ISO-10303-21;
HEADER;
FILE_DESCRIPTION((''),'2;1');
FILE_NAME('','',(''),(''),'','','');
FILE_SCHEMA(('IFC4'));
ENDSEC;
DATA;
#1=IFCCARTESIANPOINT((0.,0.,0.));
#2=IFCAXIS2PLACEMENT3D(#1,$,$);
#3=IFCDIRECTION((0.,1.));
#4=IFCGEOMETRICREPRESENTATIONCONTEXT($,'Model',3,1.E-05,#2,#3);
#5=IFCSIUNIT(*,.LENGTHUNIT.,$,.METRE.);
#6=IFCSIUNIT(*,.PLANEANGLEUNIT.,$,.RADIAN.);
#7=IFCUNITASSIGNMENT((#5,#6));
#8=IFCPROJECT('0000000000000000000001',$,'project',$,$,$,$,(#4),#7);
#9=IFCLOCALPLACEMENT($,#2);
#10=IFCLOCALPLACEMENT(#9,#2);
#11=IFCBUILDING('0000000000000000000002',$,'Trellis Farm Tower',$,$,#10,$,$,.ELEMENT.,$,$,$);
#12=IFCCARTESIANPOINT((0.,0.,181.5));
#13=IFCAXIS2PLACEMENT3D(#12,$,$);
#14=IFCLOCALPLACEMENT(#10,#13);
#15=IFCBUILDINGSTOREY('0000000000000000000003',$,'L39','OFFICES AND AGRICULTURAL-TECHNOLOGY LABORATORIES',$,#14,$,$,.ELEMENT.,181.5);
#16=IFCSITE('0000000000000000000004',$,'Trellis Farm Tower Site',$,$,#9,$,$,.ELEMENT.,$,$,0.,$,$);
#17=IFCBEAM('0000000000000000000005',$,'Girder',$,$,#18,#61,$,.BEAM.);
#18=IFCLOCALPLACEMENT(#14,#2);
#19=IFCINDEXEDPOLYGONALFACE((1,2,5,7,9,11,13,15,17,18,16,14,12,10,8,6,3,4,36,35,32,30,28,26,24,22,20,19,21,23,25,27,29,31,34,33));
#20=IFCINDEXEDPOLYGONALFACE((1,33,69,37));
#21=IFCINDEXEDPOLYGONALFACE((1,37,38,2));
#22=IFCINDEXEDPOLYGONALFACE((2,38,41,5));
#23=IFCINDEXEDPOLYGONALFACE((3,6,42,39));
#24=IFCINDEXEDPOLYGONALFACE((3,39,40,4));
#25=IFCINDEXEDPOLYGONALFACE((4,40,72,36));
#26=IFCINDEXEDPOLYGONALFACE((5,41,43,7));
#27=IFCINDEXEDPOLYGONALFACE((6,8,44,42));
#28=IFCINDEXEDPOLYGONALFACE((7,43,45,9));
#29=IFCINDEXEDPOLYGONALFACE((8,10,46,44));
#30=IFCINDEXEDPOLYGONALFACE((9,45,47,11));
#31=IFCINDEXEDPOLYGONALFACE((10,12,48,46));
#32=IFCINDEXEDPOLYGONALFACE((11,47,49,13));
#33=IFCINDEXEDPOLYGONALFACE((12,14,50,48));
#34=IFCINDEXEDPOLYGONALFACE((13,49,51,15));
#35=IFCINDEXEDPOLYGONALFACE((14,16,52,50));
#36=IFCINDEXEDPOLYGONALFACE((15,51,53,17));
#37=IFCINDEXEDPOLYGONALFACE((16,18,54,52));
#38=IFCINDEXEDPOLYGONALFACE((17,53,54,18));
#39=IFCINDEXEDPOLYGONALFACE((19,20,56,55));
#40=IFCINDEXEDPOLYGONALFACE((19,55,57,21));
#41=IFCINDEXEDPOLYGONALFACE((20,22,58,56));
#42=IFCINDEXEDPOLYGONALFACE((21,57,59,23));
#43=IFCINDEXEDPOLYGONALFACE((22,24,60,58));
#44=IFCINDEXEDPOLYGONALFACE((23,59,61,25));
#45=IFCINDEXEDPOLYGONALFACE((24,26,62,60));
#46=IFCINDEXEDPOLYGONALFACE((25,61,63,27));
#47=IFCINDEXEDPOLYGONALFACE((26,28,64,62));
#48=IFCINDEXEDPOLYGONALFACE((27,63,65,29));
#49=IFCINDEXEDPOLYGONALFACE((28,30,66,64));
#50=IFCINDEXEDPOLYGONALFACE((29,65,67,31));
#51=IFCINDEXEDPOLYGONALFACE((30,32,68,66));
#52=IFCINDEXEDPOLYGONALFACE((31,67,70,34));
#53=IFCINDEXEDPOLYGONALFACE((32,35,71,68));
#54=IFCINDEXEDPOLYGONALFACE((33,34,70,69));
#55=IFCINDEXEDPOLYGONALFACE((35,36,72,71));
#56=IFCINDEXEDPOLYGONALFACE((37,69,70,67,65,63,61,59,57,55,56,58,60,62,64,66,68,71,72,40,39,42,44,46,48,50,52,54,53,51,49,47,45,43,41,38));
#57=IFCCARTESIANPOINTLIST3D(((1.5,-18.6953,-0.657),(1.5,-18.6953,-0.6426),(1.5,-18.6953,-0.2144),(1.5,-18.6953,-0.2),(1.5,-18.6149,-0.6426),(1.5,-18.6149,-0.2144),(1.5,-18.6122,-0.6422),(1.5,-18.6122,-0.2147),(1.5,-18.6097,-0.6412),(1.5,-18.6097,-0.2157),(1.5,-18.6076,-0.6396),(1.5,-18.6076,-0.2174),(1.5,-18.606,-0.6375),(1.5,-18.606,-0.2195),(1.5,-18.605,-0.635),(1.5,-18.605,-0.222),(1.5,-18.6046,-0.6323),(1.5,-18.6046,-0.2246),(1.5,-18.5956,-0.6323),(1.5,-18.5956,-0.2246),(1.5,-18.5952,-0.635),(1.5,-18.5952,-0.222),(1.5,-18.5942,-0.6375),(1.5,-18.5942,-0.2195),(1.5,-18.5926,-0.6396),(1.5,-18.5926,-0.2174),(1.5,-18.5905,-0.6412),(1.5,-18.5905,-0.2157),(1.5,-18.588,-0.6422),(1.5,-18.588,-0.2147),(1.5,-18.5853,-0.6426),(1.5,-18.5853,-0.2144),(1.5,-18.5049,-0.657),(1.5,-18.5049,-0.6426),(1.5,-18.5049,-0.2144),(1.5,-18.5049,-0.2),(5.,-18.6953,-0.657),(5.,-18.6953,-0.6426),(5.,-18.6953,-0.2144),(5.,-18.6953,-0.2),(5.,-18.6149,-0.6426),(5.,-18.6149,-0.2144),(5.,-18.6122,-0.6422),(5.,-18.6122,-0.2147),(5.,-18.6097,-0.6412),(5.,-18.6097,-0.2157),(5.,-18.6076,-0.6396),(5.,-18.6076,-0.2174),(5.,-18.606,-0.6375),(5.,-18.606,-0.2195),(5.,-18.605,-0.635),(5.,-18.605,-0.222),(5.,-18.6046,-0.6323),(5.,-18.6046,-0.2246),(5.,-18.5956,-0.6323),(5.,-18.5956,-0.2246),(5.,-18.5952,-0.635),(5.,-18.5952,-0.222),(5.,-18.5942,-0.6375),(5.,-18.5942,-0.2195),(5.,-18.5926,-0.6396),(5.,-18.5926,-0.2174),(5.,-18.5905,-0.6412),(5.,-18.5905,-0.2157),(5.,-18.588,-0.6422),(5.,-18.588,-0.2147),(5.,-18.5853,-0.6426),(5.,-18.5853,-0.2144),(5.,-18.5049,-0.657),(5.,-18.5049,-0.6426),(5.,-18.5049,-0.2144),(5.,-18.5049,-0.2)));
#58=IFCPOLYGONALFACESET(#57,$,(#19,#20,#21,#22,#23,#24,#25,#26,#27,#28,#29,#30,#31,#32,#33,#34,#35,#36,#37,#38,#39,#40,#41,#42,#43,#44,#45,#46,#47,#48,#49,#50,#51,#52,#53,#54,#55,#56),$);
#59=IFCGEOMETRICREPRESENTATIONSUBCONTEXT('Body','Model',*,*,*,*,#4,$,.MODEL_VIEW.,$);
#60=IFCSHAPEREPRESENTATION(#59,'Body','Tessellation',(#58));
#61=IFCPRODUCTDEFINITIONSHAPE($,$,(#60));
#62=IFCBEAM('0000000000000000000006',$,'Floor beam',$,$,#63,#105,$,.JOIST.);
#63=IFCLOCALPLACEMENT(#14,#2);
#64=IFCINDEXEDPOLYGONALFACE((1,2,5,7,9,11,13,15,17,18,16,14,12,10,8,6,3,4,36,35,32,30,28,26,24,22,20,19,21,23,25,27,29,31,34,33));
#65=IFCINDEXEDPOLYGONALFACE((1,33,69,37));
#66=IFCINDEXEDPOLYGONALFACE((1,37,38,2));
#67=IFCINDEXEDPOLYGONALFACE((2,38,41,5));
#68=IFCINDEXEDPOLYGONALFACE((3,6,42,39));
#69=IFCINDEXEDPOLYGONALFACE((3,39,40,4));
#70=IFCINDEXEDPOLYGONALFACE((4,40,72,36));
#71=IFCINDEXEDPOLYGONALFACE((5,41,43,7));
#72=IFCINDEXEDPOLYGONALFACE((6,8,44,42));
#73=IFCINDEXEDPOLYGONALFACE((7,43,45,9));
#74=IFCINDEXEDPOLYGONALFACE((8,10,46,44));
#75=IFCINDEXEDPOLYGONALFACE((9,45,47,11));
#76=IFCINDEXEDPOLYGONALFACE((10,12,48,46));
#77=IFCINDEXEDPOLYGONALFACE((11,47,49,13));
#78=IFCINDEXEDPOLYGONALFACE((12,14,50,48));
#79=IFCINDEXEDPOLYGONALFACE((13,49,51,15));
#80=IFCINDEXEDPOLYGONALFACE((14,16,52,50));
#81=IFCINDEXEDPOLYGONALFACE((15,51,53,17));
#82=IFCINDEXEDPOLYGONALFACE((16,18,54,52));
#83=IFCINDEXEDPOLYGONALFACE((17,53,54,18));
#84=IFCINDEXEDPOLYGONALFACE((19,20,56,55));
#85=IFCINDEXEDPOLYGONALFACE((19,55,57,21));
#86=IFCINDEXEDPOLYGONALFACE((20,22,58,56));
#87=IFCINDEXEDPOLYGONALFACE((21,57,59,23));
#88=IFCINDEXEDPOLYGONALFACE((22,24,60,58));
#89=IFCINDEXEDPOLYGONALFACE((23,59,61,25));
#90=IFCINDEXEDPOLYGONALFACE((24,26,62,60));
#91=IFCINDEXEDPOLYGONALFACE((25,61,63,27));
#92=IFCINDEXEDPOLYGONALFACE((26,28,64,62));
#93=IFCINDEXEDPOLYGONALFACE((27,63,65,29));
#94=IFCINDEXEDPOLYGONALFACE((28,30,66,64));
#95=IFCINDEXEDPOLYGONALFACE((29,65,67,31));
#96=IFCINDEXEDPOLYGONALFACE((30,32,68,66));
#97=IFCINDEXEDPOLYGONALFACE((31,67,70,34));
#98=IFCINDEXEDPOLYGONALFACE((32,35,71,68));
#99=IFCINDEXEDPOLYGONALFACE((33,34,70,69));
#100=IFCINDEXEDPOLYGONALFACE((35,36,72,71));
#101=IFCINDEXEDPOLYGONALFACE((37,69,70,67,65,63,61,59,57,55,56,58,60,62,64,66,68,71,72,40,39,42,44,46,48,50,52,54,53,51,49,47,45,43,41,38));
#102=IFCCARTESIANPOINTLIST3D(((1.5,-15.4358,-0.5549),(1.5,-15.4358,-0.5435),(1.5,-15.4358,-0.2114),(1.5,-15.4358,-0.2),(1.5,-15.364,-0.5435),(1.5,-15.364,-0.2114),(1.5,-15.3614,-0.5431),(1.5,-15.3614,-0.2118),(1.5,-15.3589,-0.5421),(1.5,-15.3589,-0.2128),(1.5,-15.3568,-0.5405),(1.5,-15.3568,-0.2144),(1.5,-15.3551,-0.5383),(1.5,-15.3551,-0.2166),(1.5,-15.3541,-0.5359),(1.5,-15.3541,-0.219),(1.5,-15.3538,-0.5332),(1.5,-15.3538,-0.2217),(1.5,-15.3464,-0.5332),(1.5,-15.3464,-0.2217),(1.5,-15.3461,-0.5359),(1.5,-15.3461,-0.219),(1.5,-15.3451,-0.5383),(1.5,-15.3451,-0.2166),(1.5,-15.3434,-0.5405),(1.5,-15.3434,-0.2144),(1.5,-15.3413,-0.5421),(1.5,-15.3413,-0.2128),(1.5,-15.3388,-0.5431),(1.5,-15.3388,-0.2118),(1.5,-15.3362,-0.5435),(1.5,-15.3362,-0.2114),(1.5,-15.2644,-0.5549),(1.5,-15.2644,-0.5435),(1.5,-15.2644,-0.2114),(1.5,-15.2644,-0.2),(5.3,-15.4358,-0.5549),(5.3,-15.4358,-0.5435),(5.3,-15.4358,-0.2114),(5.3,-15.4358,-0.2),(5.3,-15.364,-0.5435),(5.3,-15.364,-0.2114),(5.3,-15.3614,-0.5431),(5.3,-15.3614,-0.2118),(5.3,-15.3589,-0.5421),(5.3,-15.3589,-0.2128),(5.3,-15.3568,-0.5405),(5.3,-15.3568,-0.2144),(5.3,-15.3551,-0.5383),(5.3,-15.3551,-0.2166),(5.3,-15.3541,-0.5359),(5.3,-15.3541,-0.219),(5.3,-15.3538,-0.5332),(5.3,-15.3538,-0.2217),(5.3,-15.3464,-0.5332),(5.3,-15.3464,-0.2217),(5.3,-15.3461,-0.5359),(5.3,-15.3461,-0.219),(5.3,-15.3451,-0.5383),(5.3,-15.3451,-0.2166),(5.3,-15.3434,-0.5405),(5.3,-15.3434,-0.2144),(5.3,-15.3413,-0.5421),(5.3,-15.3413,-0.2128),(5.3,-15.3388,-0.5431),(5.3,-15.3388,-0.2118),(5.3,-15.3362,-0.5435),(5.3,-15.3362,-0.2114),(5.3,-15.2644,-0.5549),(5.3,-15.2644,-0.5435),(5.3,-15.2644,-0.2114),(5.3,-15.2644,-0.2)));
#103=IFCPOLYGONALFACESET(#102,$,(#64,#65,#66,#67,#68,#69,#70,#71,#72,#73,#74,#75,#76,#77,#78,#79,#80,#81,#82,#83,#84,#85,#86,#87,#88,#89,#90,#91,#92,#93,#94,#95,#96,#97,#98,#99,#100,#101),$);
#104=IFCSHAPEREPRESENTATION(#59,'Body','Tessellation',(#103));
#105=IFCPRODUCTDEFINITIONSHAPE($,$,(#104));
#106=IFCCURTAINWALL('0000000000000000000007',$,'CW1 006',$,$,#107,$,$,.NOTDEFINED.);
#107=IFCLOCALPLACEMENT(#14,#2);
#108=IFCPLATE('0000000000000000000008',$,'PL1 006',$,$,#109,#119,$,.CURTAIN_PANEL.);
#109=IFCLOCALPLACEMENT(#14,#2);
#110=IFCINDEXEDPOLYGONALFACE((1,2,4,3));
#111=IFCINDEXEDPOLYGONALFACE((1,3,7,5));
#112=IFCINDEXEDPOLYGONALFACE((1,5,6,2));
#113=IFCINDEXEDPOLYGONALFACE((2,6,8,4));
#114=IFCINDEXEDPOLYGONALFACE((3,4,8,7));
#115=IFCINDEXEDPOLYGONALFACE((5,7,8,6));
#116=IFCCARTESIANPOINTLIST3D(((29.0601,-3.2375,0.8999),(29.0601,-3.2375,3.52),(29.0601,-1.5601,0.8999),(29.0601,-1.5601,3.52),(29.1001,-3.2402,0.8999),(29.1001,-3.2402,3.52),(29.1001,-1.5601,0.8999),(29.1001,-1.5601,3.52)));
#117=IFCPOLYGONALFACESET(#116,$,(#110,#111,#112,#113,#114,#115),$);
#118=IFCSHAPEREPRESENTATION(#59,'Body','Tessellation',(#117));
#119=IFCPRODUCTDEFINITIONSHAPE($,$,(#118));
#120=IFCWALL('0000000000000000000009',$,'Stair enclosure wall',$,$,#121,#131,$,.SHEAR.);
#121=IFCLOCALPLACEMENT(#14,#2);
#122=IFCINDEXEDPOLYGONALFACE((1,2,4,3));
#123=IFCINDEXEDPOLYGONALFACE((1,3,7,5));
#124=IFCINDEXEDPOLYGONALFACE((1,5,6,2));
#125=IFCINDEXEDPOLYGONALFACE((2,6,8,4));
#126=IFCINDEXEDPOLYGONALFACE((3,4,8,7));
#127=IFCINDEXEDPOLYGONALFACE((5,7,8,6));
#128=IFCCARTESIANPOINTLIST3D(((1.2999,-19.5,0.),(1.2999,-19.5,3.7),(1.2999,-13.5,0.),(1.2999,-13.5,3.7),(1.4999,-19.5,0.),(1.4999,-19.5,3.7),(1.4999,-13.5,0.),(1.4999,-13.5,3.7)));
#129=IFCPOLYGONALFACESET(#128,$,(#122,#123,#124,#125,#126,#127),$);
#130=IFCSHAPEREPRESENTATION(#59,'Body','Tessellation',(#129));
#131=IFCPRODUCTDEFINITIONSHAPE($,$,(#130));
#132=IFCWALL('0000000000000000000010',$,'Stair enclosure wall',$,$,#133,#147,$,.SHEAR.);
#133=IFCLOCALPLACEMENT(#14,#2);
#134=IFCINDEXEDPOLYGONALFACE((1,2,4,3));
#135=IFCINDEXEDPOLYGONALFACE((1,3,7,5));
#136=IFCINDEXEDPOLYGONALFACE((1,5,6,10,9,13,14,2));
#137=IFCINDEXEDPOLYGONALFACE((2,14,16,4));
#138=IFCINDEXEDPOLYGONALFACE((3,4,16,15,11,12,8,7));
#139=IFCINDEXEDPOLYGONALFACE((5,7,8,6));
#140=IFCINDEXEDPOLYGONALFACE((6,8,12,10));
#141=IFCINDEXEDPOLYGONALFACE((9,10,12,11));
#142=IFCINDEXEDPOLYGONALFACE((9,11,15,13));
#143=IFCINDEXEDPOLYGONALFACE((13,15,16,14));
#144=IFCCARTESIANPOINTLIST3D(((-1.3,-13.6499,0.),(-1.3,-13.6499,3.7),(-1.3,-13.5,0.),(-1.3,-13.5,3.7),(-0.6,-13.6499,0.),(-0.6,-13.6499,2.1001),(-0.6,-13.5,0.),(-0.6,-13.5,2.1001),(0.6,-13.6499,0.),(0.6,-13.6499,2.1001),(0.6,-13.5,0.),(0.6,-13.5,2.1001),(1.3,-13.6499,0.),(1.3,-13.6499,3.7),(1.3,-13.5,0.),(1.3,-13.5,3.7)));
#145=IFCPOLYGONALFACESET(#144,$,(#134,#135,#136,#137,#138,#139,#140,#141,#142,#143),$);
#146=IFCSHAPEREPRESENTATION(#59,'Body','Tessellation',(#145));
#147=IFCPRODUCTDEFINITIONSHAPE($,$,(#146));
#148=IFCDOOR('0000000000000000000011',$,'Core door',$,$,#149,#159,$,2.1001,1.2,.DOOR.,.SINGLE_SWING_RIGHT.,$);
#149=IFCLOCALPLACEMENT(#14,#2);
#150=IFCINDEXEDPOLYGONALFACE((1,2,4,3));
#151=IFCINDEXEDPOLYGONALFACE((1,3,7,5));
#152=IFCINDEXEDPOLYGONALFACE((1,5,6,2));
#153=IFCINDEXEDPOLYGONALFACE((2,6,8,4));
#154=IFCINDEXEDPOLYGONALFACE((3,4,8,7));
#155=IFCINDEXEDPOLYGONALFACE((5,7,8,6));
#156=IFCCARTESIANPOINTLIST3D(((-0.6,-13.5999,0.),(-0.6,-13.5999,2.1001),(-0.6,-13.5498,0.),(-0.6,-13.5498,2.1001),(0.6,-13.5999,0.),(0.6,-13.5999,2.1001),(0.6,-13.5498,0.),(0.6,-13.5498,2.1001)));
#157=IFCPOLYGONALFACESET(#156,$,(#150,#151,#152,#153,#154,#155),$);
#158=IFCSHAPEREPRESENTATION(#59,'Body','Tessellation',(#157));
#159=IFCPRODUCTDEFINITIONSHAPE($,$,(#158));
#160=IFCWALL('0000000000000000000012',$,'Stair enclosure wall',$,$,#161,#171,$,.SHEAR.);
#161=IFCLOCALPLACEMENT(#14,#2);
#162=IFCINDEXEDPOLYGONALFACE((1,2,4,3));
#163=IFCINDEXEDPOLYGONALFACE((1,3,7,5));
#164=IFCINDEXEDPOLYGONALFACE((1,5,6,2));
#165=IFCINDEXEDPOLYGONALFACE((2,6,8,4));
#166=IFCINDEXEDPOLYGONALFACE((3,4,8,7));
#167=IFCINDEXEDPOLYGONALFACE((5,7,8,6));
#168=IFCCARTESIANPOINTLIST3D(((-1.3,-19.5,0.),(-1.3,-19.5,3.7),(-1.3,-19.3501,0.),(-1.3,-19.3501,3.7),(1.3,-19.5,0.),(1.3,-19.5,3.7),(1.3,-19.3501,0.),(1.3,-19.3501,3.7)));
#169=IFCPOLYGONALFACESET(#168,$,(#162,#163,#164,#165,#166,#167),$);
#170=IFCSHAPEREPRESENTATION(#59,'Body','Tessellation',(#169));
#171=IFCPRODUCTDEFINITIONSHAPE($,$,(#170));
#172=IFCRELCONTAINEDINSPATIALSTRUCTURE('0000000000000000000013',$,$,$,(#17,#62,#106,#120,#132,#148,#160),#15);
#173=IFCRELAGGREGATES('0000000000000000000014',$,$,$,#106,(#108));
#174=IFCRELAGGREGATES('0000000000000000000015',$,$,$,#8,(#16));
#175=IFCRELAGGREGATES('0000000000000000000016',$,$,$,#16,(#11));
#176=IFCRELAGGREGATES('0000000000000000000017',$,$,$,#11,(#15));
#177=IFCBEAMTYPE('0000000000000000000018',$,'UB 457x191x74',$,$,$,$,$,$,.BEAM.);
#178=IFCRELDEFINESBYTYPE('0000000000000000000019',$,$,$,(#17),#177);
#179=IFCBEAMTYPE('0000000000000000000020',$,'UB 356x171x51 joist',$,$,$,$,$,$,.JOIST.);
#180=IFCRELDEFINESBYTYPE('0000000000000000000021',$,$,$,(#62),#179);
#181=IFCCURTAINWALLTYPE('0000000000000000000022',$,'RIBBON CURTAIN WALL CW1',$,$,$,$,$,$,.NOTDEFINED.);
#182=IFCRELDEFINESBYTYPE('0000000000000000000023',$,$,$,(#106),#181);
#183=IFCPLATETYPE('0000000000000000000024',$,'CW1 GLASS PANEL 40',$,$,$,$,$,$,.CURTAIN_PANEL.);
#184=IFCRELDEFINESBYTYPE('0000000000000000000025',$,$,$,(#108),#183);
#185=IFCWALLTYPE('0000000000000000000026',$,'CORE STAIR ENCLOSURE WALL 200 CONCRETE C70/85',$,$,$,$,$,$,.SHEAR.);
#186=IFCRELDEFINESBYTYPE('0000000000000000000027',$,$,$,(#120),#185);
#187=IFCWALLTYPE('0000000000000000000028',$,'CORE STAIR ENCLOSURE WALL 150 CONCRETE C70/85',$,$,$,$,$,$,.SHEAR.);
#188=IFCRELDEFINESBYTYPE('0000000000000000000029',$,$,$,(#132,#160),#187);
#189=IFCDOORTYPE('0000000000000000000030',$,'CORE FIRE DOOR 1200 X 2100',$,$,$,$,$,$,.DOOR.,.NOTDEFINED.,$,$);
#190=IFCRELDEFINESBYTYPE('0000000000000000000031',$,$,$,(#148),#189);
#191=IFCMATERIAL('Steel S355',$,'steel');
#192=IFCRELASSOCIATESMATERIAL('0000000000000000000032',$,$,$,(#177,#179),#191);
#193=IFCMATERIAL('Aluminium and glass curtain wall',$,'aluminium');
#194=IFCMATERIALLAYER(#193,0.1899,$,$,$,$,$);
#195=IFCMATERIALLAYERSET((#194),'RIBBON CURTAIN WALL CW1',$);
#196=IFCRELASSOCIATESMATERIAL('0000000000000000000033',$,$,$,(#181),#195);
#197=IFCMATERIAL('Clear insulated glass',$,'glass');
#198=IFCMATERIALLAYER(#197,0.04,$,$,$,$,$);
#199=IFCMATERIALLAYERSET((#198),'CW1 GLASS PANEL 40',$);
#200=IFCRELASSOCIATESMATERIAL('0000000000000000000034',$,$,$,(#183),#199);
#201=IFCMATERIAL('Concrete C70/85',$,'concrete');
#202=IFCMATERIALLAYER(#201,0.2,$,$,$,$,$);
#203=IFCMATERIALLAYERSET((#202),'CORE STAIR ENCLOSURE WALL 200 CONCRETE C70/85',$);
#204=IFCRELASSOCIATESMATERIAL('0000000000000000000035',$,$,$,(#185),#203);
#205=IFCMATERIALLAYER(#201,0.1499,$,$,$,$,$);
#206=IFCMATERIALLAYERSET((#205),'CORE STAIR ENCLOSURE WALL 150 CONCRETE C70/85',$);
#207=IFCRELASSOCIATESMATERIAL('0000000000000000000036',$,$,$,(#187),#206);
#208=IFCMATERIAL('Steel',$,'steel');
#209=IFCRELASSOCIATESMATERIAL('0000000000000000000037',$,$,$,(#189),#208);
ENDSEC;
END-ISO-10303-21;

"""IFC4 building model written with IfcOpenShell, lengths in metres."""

from ifc_helpers import new_model, si_unit, direction, frame, frame_2d, origin, origin_2d, place, context, subcontext, project, spatial, polyline, rectangle, i_section, outline, extrude, source, transform, mapped, material, layer, layer_set, material_profile, profile_set, type_object, element, fill, aggregate, save


model = new_model("IFC4")

# Units and contexts
model_context = context("Model", 3, precision=1e-05, world=origin(), true_north=direction((0.0, 1.0)))
body_context = subcontext(model_context, "Body", "Model", "MODEL_VIEW")
ifc_project = project(units=[si_unit("LENGTHUNIT", "METRE"), si_unit("PLANEANGLEUNIT", "RADIAN")], contexts=[model_context])

# Site, building, storey
site_placement = place(None, origin())
site = spatial("IfcSite", under=ifc_project, at=site_placement, Name="Trellis Farm Tower Site", CompositionType="ELEMENT", RefElevation=0.0)
building_placement = place(site_placement, origin())
building = spatial("IfcBuilding", under=site, at=building_placement, Name="Trellis Farm Tower", CompositionType="ELEMENT")
storey_placement = place(building_placement, frame((0.0, 0.0, 181.5)))
storey = spatial("IfcBuildingStorey", under=building, at=storey_placement, Name="L39", Description="OFFICES AND AGRICULTURAL-TECHNOLOGY LABORATORIES", CompositionType="ELEMENT", Elevation=181.5)

# Beams
ifc_material_1 = material(Name="Steel S355", Category="steel")
ifc_material_profile_1 = material_profile(ifc_material_1, i_section(OverallWidth=0.1904, OverallDepth=0.457, WebThickness=0.009, FlangeThickness=0.0144, FilletRadius=0.0103, at=origin_2d()), Name="UB 457x191x74")
ifc_profile_set_1 = profile_set([ifc_material_profile_1], Name="Steel S355")
beam_type_1 = type_object("IfcBeamType", Name="UB 457x191x74", PredefinedType="BEAM", material=ifc_profile_set_1)
shared_shape_1 = source(origin(), body_context, "Body", "SweptSolid", [
    extrude(i_section(OverallWidth=0.1904, OverallDepth=0.457, WebThickness=0.009, FlangeThickness=0.0144, FilletRadius=0.0103, at=origin_2d()), origin(), (0.0, 0.0, 1.0), 3.5),
])
beam_1_placement = place(storey_placement, frame((1.5, -18.6001, -0.4285), z_axis=(1.0, 0.0, 0.0), x_axis=(0.0, 1.0, 0.0)))
element("IfcBeam", 1, at=beam_1_placement, inside=storey, type_object=beam_type_1, Name="Girder", PredefinedType="BEAM", context=body_context, shape_type="MappedRepresentation", body=[
    mapped(shared_shape_1, transform((0.0, 0.0, 0.0))),
])
ifc_material_profile_2 = material_profile(ifc_material_1, i_section(OverallWidth=0.1714, OverallDepth=0.355, WebThickness=0.0073, FlangeThickness=0.0115, FilletRadius=0.0103, at=origin_2d()), Name="UB 356x171x51")
ifc_profile_set_2 = profile_set([ifc_material_profile_2], Name="Steel S355")
beam_type_2 = type_object("IfcBeamType", Name="UB 356x171x51 joist", PredefinedType="JOIST", material=ifc_profile_set_2)
shared_shape_2 = source(origin(), body_context, "Body", "SweptSolid", [
    extrude(i_section(OverallWidth=0.1714, OverallDepth=0.355, WebThickness=0.0073, FlangeThickness=0.0115, FilletRadius=0.0103, at=origin_2d()), origin(), (0.0, 0.0, 1.0), 3.8),
])
beam_2_placement = place(storey_placement, frame((1.5, -15.3501, -0.3774), z_axis=(1.0, 0.0, 0.0), x_axis=(0.0, 1.0, 0.0)))
element("IfcBeam", 2, at=beam_2_placement, inside=storey, type_object=beam_type_2, Name="Floor beam", PredefinedType="JOIST", context=body_context, shape_type="MappedRepresentation", body=[
    mapped(shared_shape_2, transform((0.0, 0.0, 0.0))),
])

# Curtain wall, plate
ifc_material_2 = material(Name="Aluminium and glass curtain wall", Category="aluminium")
ifc_layer_1 = layer(ifc_material_2, 0.1899)
ifc_layer_set_1 = layer_set([ifc_layer_1], Name="RIBBON CURTAIN WALL CW1")
curtain_wall_type = type_object("IfcCurtainWallType", Name="RIBBON CURTAIN WALL CW1", PredefinedType="NOTDEFINED", material=ifc_layer_set_1)
placement = place(storey_placement, origin())
curtain_wall = element("IfcCurtainWall", 3, at=placement, inside=storey, type_object=curtain_wall_type, Name="CW1 006", PredefinedType="NOTDEFINED")
ifc_material_3 = material(Name="Clear insulated glass", Category="glass")
ifc_layer_2 = layer(ifc_material_3, 0.04)
ifc_layer_set_2 = layer_set([ifc_layer_2], Name="CW1 GLASS PANEL 40")
plate_type = type_object("IfcPlateType", Name="CW1 GLASS PANEL 40", PredefinedType="CURTAIN_PANEL", material=ifc_layer_set_2)
plate_placement = place(storey_placement, frame((0.0, 0.0, 0.8999)))
plate = element("IfcPlate", 4, at=plate_placement, type_object=plate_type, Name="PL1 006", PredefinedType="CURTAIN_PANEL", context=body_context, shape_type="SweptSolid", body=[
    extrude(outline(polyline([(29.1001, -3.2402), (29.1001, -1.5601), (29.0601, -1.5601), (29.0601, -3.2375), (29.1001, -3.2402)])), origin(), (0.0, 0.0, 1.0), 2.6201),
])
aggregate(curtain_wall, [plate])

# Wall
ifc_material_4 = material(Name="Concrete C70/85", Category="concrete")
ifc_layer_3 = layer(ifc_material_4, 0.2)
ifc_layer_set_3 = layer_set([ifc_layer_3], Name="CORE STAIR ENCLOSURE WALL 200 CONCRETE C70/85")
wall_type_1 = type_object("IfcWallType", Name="CORE STAIR ENCLOSURE WALL 200 CONCRETE C70/85", PredefinedType="SHEAR", material=ifc_layer_set_3)
shared_shape_3 = source(origin(), body_context, "Body", "SweptSolid", [
    extrude(rectangle(XDim=6.0, YDim=0.2, at=frame_2d((3.0, 0.0))), origin(), (0.0, 0.0, 1.0), 3.7),
])
wall_1_placement = place(storey_placement, frame((1.3999, -13.5, 0.0), z_axis=(0.0, 0.0, 1.0), x_axis=(0.0, -1.0, 0.0)))
element("IfcWall", 5, at=wall_1_placement, inside=storey, type_object=wall_type_1, Name="Stair enclosure wall", PredefinedType="SHEAR", context=body_context, shape_type="MappedRepresentation", body=[
    mapped(shared_shape_3, transform((0.0, 0.0, 0.0))),
])

# Wall, opening, door
ifc_layer_4 = layer(ifc_material_4, 0.1499)
ifc_layer_set_4 = layer_set([ifc_layer_4], Name="CORE STAIR ENCLOSURE WALL 150 CONCRETE C70/85")
wall_type_2 = type_object("IfcWallType", Name="CORE STAIR ENCLOSURE WALL 150 CONCRETE C70/85", PredefinedType="SHEAR", material=ifc_layer_set_4)
shared_shape_4 = source(origin(), body_context, "Body", "SweptSolid", [
    extrude(rectangle(XDim=2.6001, YDim=0.1499, at=frame_2d((1.3, 0.0))), origin(), (0.0, 0.0, 1.0), 3.7),
])
wall_2_placement = place(storey_placement, frame((1.3, -13.575, 0.0), z_axis=(0.0, 0.0, 1.0), x_axis=(-1.0, 0.0, 0.0)))
wall_2 = element("IfcWall", 6, at=wall_2_placement, inside=storey, type_object=wall_type_2, Name="Stair enclosure wall", PredefinedType="SHEAR", context=body_context, shape_type="MappedRepresentation", body=[
    mapped(shared_shape_4, transform((0.0, 0.0, 0.0))),
])
shared_shape_5 = source(origin(), body_context, "Body", "SweptSolid", [
    extrude(rectangle(XDim=1.2, YDim=2.1001, at=frame_2d((0.6001, 1.05))), frame((0.0, 0.085, 0.0), z_axis=(0.0, -1.0, 0.0), x_axis=(1.0, 0.0, 0.0)), (0.0, 0.0, 1.0), 0.1699),
])
opening_1_placement = place(wall_2_placement, frame((0.7, 0.0, 0.0)))
opening_1 = element("IfcOpeningElement", 7, at=opening_1_placement, cuts=wall_2, PredefinedType="OPENING", context=body_context, shape_type="MappedRepresentation", body=[
    mapped(shared_shape_5, transform((0.0, 0.0, 0.0))),
])
ifc_material_5 = material(Name="Steel", Category="steel")
door_type_1 = type_object("IfcDoorType", Name="CORE FIRE DOOR 1200 X 2100", OperationType="NOTDEFINED", PredefinedType="DOOR", material=ifc_material_5)
shared_shape_6 = source(origin(), body_context, "Body", "SweptSolid", [
    extrude(rectangle(XDim=1.2, YDim=2.1001, at=frame_2d((0.6001, 1.05))), frame((0.0, 0.0249, 0.0), z_axis=(0.0, -1.0, 0.0), x_axis=(1.0, 0.0, 0.0)), (0.0, 0.0, 1.0), 0.05),
])
door_1_placement = place(opening_1_placement, origin())
door_1 = element("IfcDoor", 8, at=door_1_placement, inside=storey, type_object=door_type_1, Name="Core door", OperationType="SINGLE_SWING_RIGHT", OverallHeight=2.1001, OverallWidth=1.2, PredefinedType="DOOR", context=body_context, shape_type="MappedRepresentation", body=[
    mapped(shared_shape_6, transform((0.0, 0.0, 0.0))),
])
fill(opening_1, door_1)

# Wall
wall_3_placement = place(storey_placement, frame((1.3, -19.425, 0.0), z_axis=(0.0, 0.0, 1.0), x_axis=(-1.0, 0.0, 0.0)))
element("IfcWall", 9, at=wall_3_placement, inside=storey, type_object=wall_type_2, Name="Stair enclosure wall", PredefinedType="SHEAR", context=body_context, shape_type="MappedRepresentation", body=[
    mapped(shared_shape_4, transform((0.0, 0.0, 0.0))),
])

save(model, "model.ifc")
